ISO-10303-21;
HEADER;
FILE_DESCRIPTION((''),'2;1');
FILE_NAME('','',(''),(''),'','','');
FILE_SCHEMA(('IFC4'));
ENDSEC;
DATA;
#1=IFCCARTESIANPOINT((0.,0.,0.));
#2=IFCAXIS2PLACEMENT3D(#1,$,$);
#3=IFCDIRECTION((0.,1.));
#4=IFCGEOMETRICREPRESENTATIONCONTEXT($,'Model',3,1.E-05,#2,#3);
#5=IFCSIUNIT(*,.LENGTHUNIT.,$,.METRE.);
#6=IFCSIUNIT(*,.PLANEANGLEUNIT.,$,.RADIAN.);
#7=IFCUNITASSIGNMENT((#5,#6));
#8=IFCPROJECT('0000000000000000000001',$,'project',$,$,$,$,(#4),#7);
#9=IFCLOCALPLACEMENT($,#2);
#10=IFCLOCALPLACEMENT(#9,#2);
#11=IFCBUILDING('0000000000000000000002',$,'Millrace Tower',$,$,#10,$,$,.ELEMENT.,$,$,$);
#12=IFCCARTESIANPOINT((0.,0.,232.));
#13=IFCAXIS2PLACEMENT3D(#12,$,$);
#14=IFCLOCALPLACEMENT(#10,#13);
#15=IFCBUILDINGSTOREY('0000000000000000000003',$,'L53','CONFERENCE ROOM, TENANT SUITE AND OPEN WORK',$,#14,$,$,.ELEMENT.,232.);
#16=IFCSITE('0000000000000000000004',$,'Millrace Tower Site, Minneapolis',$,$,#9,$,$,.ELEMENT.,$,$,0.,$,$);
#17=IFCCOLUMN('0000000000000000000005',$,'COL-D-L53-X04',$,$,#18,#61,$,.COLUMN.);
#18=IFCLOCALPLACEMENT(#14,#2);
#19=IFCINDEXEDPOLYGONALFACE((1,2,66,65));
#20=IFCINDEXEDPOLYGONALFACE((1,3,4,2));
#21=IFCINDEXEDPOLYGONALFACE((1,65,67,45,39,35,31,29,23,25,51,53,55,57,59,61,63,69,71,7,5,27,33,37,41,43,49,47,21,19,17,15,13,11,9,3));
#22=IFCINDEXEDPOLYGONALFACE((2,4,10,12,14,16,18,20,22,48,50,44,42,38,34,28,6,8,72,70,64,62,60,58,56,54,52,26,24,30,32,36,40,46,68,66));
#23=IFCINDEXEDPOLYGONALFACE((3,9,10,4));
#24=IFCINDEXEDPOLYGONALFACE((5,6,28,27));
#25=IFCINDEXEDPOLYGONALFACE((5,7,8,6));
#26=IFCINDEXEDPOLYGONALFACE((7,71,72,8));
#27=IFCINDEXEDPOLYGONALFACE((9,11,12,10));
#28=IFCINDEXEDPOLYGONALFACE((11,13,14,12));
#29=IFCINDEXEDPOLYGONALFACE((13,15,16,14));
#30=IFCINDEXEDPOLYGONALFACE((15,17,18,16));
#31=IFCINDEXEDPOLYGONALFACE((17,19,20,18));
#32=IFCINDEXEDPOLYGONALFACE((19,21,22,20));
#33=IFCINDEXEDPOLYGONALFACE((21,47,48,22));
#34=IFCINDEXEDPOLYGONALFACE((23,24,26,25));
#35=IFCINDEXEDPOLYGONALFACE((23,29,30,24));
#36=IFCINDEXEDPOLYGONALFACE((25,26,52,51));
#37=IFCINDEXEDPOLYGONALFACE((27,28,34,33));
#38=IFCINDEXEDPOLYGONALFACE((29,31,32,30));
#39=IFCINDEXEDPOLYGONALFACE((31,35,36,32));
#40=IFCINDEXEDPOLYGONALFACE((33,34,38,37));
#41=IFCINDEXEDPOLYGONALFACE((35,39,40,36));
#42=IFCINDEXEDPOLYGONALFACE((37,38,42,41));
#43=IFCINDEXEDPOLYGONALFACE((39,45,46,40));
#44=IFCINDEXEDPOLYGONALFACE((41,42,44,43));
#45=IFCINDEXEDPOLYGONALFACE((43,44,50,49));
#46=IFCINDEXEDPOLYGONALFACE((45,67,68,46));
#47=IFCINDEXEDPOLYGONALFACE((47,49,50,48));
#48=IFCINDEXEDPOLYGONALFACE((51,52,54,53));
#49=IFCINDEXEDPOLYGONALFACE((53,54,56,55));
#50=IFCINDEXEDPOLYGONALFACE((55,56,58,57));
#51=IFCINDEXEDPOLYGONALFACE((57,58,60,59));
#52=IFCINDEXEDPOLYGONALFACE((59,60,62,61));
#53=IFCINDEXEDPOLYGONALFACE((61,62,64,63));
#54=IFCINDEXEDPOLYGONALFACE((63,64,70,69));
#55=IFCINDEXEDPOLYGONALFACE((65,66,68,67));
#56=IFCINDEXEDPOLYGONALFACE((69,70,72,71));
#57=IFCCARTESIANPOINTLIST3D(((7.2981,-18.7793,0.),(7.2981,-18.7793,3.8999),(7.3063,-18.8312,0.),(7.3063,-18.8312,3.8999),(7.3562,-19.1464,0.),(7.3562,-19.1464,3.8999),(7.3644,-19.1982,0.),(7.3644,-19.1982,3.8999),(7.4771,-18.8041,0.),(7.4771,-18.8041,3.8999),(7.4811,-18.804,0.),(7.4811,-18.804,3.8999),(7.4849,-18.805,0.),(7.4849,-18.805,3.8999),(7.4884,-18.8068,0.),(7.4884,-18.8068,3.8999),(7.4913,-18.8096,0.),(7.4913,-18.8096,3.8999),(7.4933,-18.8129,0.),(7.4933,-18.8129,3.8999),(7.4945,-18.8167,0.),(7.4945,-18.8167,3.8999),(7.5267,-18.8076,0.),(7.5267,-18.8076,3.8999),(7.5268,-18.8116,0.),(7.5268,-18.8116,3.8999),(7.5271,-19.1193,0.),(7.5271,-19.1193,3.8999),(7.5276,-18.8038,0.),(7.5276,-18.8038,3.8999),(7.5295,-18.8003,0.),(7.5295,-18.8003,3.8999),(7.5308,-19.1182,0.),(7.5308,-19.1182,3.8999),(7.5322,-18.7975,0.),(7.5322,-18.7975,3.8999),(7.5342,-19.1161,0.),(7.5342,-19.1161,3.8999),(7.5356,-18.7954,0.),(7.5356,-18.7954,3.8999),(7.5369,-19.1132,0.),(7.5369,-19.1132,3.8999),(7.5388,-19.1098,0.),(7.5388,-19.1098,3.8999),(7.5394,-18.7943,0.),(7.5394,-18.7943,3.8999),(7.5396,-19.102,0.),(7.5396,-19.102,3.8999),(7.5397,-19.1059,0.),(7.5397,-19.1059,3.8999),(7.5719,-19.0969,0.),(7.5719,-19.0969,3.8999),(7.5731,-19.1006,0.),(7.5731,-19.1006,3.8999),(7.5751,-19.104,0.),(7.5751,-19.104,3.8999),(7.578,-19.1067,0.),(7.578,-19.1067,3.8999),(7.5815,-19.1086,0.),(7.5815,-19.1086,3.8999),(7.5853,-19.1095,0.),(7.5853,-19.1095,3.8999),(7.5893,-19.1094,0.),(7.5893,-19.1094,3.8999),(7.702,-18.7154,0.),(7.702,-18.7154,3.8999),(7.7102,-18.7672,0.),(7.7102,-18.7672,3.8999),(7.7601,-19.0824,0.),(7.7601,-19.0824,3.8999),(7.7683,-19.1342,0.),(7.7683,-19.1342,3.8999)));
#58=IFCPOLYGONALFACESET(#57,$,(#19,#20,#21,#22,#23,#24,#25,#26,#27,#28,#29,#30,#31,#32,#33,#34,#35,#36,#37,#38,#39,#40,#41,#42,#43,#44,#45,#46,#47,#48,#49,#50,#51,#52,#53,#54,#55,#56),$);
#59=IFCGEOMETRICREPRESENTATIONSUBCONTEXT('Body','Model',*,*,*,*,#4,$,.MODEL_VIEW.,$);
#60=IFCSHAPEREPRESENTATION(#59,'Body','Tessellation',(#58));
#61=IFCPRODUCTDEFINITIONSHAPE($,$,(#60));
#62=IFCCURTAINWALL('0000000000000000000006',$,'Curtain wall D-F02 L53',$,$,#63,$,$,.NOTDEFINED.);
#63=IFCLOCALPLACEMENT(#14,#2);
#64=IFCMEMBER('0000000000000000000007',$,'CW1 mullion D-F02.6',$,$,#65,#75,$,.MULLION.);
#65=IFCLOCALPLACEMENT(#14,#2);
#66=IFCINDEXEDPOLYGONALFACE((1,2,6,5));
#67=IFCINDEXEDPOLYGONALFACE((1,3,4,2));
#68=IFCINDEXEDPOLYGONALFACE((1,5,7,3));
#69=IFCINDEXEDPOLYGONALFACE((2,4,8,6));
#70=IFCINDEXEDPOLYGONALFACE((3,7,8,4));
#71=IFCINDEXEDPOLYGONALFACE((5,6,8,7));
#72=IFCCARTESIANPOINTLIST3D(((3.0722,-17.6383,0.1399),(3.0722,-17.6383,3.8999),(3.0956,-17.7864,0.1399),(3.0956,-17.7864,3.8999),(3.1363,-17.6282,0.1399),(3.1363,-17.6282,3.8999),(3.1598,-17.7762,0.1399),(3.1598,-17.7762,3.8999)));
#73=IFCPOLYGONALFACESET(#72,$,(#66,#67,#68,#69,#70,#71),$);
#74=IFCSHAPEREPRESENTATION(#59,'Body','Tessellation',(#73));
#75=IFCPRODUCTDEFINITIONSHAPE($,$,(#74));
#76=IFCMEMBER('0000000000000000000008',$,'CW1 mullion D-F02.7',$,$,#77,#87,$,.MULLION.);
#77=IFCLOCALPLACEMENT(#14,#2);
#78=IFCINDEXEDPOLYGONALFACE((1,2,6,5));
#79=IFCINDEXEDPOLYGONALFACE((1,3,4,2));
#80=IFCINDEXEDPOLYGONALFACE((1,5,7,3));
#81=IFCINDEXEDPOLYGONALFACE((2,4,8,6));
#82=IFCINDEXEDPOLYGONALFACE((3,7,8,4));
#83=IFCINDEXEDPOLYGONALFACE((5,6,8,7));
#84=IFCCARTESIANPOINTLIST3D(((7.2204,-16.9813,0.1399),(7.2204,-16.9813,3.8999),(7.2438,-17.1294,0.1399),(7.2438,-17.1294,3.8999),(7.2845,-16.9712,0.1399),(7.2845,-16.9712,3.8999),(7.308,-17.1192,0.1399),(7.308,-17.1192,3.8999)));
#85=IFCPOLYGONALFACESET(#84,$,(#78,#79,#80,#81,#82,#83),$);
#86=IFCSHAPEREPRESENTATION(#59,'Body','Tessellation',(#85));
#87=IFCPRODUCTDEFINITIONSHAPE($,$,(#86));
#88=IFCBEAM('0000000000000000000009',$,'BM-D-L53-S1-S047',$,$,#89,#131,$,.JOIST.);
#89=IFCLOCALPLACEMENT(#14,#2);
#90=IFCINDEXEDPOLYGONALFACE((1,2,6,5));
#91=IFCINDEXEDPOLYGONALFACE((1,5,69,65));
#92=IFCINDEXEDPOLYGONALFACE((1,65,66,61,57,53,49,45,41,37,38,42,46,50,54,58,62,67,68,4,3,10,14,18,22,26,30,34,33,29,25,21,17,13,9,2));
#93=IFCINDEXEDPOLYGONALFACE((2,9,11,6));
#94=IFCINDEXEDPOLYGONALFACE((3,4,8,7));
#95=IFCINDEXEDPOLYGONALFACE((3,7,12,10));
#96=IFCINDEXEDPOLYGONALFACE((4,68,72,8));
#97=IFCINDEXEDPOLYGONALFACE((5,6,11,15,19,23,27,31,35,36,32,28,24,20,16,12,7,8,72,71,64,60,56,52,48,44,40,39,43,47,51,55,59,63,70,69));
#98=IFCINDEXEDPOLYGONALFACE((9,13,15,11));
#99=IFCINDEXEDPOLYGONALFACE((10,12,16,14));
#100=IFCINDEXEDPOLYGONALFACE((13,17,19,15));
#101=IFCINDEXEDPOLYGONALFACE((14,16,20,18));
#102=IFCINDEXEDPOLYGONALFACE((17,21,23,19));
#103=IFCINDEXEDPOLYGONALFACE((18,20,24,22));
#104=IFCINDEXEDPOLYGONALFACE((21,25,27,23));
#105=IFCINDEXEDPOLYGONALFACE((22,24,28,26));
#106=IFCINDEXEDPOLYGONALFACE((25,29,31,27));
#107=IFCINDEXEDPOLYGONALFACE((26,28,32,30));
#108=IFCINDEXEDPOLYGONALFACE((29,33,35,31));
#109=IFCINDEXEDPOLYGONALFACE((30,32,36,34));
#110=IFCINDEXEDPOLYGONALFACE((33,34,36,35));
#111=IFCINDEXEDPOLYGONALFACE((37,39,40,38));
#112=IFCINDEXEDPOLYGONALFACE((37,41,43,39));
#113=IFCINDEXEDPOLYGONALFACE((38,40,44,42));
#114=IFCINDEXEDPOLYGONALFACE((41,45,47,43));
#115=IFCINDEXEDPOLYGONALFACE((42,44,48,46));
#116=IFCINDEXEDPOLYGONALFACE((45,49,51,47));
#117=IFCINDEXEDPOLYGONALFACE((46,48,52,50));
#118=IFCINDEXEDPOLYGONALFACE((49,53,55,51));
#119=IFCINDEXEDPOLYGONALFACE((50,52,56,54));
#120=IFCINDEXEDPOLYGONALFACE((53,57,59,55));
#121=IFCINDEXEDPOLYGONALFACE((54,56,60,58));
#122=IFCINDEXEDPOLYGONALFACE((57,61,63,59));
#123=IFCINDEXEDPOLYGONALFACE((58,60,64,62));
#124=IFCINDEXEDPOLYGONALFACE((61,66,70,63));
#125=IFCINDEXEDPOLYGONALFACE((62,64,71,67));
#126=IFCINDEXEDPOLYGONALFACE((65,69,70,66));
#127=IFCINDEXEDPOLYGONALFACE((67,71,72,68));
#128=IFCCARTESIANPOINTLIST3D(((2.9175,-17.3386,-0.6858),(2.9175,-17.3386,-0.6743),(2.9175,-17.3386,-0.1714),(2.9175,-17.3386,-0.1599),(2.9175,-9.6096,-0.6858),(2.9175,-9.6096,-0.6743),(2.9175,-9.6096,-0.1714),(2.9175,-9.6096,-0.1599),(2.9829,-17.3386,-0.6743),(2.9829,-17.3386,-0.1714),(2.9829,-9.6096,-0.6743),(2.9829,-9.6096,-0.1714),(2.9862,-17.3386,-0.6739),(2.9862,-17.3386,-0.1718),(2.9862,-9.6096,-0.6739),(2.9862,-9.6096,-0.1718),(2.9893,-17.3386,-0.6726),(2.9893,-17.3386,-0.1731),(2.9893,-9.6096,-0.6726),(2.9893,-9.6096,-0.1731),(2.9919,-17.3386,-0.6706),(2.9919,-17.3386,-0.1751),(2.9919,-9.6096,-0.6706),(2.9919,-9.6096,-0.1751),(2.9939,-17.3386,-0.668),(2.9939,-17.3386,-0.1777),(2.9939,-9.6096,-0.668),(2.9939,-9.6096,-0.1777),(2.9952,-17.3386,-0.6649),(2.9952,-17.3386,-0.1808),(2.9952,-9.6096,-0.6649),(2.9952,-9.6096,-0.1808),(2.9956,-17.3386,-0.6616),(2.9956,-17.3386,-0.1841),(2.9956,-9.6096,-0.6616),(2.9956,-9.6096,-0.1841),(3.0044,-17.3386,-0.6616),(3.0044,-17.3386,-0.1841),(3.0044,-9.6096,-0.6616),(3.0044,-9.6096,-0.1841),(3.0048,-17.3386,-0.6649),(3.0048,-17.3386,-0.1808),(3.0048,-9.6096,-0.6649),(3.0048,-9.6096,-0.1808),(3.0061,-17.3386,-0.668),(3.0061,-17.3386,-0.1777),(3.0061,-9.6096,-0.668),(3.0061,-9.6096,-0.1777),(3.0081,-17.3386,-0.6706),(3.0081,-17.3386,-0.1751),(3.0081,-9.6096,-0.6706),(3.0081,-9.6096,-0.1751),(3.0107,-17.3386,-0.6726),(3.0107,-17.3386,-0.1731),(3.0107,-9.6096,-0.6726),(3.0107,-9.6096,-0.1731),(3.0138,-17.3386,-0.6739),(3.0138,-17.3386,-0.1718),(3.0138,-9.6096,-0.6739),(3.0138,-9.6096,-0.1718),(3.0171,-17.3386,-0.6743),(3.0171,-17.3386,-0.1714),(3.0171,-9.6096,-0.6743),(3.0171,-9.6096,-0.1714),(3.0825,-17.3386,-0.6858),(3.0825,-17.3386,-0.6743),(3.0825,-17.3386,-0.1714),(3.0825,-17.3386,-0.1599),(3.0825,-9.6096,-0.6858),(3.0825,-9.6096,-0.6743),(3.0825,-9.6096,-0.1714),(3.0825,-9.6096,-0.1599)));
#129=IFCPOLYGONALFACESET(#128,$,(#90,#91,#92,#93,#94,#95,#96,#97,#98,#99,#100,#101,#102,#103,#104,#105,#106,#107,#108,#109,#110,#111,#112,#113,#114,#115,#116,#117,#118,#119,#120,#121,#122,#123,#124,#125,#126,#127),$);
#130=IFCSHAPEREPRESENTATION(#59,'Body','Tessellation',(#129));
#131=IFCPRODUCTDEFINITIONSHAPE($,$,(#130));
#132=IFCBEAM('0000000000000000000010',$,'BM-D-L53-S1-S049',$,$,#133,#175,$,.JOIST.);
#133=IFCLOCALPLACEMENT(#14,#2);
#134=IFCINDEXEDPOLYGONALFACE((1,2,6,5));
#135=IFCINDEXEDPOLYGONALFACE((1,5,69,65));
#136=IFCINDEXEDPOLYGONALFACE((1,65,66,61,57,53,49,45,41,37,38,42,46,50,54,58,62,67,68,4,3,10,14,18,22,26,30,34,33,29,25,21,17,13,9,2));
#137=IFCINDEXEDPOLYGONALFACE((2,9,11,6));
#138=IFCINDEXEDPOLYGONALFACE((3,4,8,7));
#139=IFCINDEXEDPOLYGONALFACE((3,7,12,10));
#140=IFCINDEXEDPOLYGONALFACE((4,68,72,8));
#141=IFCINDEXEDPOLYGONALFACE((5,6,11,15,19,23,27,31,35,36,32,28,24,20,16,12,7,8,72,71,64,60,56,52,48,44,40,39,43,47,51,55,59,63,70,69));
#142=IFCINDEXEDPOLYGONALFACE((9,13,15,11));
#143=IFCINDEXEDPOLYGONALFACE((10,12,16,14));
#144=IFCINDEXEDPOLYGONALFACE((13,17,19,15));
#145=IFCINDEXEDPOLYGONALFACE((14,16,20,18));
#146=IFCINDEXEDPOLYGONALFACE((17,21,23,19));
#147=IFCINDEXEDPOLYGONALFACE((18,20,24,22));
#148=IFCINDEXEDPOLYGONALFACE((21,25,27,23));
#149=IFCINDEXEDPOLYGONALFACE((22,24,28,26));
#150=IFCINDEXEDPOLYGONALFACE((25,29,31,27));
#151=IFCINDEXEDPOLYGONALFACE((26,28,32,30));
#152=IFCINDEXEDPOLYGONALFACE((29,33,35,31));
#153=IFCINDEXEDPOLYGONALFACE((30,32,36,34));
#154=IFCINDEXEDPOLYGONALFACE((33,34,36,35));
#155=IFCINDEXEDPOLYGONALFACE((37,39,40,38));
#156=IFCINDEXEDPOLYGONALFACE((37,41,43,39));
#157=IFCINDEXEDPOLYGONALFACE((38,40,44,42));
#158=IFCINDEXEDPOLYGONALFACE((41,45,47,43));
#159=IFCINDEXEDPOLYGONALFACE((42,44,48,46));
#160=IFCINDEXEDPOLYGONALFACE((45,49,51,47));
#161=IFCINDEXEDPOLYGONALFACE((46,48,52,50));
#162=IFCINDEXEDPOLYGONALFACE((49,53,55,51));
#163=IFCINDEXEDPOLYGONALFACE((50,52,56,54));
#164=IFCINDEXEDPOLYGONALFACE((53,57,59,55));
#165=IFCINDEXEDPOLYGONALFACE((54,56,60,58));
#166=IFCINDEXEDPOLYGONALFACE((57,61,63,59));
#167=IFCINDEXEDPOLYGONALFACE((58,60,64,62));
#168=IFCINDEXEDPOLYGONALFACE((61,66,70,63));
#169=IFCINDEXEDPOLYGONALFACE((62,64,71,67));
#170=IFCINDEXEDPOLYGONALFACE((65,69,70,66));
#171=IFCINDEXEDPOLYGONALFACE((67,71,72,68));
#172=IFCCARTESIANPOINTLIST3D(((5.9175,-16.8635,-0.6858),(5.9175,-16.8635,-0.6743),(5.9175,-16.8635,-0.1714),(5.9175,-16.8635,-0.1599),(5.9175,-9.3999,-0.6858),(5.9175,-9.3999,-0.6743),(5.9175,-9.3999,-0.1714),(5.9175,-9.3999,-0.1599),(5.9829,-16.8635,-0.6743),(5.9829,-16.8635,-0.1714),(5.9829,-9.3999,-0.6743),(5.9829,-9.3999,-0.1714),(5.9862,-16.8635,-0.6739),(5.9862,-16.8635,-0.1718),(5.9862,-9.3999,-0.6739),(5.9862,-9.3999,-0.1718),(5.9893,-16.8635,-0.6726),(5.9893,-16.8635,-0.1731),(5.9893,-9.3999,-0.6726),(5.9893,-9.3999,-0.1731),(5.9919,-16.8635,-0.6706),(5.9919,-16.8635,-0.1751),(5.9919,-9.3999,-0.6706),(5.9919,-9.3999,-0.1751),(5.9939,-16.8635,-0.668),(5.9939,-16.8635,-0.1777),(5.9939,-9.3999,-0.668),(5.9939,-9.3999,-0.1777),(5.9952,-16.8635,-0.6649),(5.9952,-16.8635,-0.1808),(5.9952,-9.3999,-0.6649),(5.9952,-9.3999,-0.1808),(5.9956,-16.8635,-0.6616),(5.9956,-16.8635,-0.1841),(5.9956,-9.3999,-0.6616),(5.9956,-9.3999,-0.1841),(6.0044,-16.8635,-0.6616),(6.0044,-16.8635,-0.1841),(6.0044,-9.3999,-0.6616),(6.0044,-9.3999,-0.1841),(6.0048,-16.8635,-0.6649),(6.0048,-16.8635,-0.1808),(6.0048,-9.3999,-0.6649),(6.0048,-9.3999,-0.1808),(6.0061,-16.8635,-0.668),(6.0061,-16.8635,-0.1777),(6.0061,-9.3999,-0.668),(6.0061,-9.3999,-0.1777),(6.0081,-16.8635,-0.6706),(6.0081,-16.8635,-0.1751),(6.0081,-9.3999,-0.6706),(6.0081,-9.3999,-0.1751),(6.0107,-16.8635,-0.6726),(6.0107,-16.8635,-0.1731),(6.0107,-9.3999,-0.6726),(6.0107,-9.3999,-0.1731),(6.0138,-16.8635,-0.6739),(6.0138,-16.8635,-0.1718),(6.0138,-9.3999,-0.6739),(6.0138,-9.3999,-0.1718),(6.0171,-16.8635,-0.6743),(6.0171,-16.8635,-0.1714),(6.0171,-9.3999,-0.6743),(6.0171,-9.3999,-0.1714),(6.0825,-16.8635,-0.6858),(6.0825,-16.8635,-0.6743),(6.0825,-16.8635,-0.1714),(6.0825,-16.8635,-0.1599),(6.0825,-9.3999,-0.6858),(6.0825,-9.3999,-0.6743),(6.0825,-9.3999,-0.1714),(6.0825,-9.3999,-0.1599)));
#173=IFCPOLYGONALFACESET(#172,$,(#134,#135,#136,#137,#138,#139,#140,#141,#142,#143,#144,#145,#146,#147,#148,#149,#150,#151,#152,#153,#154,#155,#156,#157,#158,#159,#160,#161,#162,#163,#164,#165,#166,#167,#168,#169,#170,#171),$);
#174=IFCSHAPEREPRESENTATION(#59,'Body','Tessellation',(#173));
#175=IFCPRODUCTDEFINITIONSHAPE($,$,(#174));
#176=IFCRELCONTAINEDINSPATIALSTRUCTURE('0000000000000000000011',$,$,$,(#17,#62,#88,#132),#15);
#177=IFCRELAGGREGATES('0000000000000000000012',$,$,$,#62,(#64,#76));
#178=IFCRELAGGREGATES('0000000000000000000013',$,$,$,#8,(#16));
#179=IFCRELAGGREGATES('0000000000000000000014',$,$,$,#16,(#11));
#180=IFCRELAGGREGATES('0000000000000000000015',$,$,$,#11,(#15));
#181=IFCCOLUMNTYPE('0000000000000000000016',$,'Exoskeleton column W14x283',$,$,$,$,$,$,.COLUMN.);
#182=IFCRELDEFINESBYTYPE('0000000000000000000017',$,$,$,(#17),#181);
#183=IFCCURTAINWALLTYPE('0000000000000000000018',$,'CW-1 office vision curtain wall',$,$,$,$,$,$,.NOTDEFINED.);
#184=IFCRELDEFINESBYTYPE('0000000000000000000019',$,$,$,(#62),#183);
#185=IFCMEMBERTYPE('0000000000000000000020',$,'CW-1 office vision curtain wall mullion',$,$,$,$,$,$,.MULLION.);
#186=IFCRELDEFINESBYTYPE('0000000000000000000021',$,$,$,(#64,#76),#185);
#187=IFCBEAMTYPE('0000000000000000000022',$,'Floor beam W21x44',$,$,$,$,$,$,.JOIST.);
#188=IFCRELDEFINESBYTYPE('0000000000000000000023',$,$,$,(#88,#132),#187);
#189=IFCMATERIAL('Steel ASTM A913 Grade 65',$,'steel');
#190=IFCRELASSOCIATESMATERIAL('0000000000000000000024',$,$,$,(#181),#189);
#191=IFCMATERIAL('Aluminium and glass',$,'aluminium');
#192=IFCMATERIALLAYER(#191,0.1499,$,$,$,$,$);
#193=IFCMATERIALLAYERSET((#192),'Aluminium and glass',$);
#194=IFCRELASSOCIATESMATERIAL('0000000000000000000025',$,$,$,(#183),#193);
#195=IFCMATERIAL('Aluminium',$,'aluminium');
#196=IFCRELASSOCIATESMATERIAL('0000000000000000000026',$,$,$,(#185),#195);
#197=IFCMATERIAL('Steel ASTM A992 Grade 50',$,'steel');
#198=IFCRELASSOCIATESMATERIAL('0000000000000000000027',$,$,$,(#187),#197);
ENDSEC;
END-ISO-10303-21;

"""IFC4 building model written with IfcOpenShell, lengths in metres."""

from ifc_helpers import new_model, si_unit, direction, frame, origin, origin_2d, place, context, subcontext, project, spatial, rectangle, i_section, extrude, material, layer, layer_set, material_profile, profile_set, type_object, element, aggregate, save


model = new_model("IFC4")

# Units and contexts
model_context = context("Model", 3, precision=1e-05, world=origin(), true_north=direction((0.0, 1.0)))
body_context = subcontext(model_context, "Body", "Model", "MODEL_VIEW")
ifc_project = project(units=[si_unit("LENGTHUNIT", "METRE"), si_unit("PLANEANGLEUNIT", "RADIAN")], contexts=[model_context])

# Site, building, storey
site_placement = place(None, origin())
site = spatial("IfcSite", under=ifc_project, at=site_placement, Name="Millrace Tower Site, Minneapolis", CompositionType="ELEMENT", RefElevation=0.0)
building_placement = place(site_placement, origin())
building = spatial("IfcBuilding", under=site, at=building_placement, Name="Millrace Tower", CompositionType="ELEMENT")
storey_placement = place(building_placement, frame((0.0, 0.0, 232.0)))
storey = spatial("IfcBuildingStorey", under=building, at=storey_placement, Name="L53", Description="CONFERENCE ROOM, TENANT SUITE AND OPEN WORK", CompositionType="ELEMENT", Elevation=232.0)

# Column
ifc_material_1 = material(Name="Steel ASTM A913 Grade 65", Category="steel")
ifc_material_profile_1 = material_profile(ifc_material_1, i_section(OverallWidth=0.4089, OverallDepth=0.4241, WebThickness=0.0327, FlangeThickness=0.0525, FilletRadius=0.0151, at=origin_2d()))
ifc_profile_set_1 = profile_set([ifc_material_profile_1], Name="Steel ASTM A913 Grade 65")
column_type = type_object("IfcColumnType", Name="Exoskeleton column W14x283", PredefinedType="COLUMN", material=ifc_profile_set_1)
column_placement = place(storey_placement, frame((7.5332, -18.9568, 0.0), z_axis=(0.0, 0.0, 1.0), x_axis=(0.987688, 0.156434, 0.0)))
element("IfcColumn", 1, at=column_placement, inside=storey, type_object=column_type, Name="COL-D-L53-X04", PredefinedType="COLUMN", context=body_context, shape_type="SweptSolid", body=[
    extrude(i_section(OverallWidth=0.4089, OverallDepth=0.4241, WebThickness=0.0327, FlangeThickness=0.0525, FilletRadius=0.0151, at=origin_2d()), origin(), (0.0, 0.0, 1.0), 3.8999),
])

# Curtain wall, members
ifc_material_2 = material(Name="Aluminium and glass", Category="aluminium")
ifc_layer_1 = layer(ifc_material_2, 0.1499)
ifc_layer_set_1 = layer_set([ifc_layer_1], Name="Aluminium and glass")
curtain_wall_type = type_object("IfcCurtainWallType", Name="CW-1 office vision curtain wall", PredefinedType="NOTDEFINED", material=ifc_layer_set_1)
placement_1 = place(storey_placement, origin())
curtain_wall_1 = element("IfcCurtainWall", 2, at=placement_1, inside=storey, type_object=curtain_wall_type, Name="Curtain wall D-F02 L53", PredefinedType="NOTDEFINED")
ifc_material_3 = material(Name="Aluminium", Category="aluminium")
ifc_material_profile_2 = material_profile(ifc_material_3, rectangle(XDim=0.0649, YDim=0.1499, at=origin_2d()))
ifc_profile_set_2 = profile_set([ifc_material_profile_2], Name="Aluminium")
member_type = type_object("IfcMemberType", Name="CW-1 office vision curtain wall mullion", PredefinedType="MULLION", material=ifc_profile_set_2)
member_1_placement = place(storey_placement, frame((3.116, -17.7073, 0.1399), z_axis=(0.0, 0.0, 1.0), x_axis=(0.987688, 0.156434, 0.0)))
member_1 = element("IfcMember", 3, at=member_1_placement, type_object=member_type, Name="CW1 mullion D-F02.6", PredefinedType="MULLION", context=body_context, shape_type="SweptSolid", body=[
    extrude(rectangle(XDim=0.0649, YDim=0.1499, at=origin_2d()), origin(), (0.0, 0.0, 1.0), 3.76),
])
member_2_placement = place(storey_placement, frame((7.2642, -17.0503, 0.1399), z_axis=(0.0, 0.0, 1.0), x_axis=(0.987688, 0.156434, 0.0)))
member_2 = element("IfcMember", 4, at=member_2_placement, type_object=member_type, Name="CW1 mullion D-F02.7", PredefinedType="MULLION", context=body_context, shape_type="SweptSolid", body=[
    extrude(rectangle(XDim=0.0649, YDim=0.1499, at=origin_2d()), origin(), (0.0, 0.0, 1.0), 3.76),
])
aggregate(curtain_wall_1, [member_1, member_2])

# Beams
ifc_material_4 = material(Name="Steel ASTM A992 Grade 50", Category="steel")
ifc_material_profile_3 = material_profile(ifc_material_4, i_section(OverallWidth=0.165, OverallDepth=0.5259, WebThickness=0.0088, FlangeThickness=0.0115, FilletRadius=0.0127, at=origin_2d()))
ifc_profile_set_3 = profile_set([ifc_material_profile_3], Name="Steel ASTM A992 Grade 50")
beam_type_1 = type_object("IfcBeamType", Name="Floor beam W21x44", PredefinedType="JOIST", material=ifc_profile_set_3)
beam_1_placement = place(storey_placement, frame((3.0, -17.3386, -0.4229), z_axis=(0.0, 1.0, 0.0), x_axis=(-1.0, 0.0, 0.0)))
element("IfcBeam", 5, at=beam_1_placement, inside=storey, type_object=beam_type_1, Name="BM-D-L53-S1-S047", PredefinedType="JOIST", context=body_context, shape_type="SweptSolid", body=[
    extrude(i_section(OverallWidth=0.165, OverallDepth=0.5259, WebThickness=0.0088, FlangeThickness=0.0115, FilletRadius=0.0127, at=origin_2d()), origin(), (0.0, 0.0, 1.0), 7.729),
])
beam_2_placement = place(storey_placement, frame((6.0, -16.8635, -0.4229), z_axis=(0.0, 1.0, 0.0), x_axis=(-1.0, 0.0, 0.0)))
element("IfcBeam", 6, at=beam_2_placement, inside=storey, type_object=beam_type_1, Name="BM-D-L53-S1-S049", PredefinedType="JOIST", context=body_context, shape_type="SweptSolid", body=[
    extrude(i_section(OverallWidth=0.165, OverallDepth=0.5259, WebThickness=0.0088, FlangeThickness=0.0115, FilletRadius=0.0127, at=origin_2d()), origin(), (0.0, 0.0, 1.0), 7.4636),
])

save(model, "model.ifc")
